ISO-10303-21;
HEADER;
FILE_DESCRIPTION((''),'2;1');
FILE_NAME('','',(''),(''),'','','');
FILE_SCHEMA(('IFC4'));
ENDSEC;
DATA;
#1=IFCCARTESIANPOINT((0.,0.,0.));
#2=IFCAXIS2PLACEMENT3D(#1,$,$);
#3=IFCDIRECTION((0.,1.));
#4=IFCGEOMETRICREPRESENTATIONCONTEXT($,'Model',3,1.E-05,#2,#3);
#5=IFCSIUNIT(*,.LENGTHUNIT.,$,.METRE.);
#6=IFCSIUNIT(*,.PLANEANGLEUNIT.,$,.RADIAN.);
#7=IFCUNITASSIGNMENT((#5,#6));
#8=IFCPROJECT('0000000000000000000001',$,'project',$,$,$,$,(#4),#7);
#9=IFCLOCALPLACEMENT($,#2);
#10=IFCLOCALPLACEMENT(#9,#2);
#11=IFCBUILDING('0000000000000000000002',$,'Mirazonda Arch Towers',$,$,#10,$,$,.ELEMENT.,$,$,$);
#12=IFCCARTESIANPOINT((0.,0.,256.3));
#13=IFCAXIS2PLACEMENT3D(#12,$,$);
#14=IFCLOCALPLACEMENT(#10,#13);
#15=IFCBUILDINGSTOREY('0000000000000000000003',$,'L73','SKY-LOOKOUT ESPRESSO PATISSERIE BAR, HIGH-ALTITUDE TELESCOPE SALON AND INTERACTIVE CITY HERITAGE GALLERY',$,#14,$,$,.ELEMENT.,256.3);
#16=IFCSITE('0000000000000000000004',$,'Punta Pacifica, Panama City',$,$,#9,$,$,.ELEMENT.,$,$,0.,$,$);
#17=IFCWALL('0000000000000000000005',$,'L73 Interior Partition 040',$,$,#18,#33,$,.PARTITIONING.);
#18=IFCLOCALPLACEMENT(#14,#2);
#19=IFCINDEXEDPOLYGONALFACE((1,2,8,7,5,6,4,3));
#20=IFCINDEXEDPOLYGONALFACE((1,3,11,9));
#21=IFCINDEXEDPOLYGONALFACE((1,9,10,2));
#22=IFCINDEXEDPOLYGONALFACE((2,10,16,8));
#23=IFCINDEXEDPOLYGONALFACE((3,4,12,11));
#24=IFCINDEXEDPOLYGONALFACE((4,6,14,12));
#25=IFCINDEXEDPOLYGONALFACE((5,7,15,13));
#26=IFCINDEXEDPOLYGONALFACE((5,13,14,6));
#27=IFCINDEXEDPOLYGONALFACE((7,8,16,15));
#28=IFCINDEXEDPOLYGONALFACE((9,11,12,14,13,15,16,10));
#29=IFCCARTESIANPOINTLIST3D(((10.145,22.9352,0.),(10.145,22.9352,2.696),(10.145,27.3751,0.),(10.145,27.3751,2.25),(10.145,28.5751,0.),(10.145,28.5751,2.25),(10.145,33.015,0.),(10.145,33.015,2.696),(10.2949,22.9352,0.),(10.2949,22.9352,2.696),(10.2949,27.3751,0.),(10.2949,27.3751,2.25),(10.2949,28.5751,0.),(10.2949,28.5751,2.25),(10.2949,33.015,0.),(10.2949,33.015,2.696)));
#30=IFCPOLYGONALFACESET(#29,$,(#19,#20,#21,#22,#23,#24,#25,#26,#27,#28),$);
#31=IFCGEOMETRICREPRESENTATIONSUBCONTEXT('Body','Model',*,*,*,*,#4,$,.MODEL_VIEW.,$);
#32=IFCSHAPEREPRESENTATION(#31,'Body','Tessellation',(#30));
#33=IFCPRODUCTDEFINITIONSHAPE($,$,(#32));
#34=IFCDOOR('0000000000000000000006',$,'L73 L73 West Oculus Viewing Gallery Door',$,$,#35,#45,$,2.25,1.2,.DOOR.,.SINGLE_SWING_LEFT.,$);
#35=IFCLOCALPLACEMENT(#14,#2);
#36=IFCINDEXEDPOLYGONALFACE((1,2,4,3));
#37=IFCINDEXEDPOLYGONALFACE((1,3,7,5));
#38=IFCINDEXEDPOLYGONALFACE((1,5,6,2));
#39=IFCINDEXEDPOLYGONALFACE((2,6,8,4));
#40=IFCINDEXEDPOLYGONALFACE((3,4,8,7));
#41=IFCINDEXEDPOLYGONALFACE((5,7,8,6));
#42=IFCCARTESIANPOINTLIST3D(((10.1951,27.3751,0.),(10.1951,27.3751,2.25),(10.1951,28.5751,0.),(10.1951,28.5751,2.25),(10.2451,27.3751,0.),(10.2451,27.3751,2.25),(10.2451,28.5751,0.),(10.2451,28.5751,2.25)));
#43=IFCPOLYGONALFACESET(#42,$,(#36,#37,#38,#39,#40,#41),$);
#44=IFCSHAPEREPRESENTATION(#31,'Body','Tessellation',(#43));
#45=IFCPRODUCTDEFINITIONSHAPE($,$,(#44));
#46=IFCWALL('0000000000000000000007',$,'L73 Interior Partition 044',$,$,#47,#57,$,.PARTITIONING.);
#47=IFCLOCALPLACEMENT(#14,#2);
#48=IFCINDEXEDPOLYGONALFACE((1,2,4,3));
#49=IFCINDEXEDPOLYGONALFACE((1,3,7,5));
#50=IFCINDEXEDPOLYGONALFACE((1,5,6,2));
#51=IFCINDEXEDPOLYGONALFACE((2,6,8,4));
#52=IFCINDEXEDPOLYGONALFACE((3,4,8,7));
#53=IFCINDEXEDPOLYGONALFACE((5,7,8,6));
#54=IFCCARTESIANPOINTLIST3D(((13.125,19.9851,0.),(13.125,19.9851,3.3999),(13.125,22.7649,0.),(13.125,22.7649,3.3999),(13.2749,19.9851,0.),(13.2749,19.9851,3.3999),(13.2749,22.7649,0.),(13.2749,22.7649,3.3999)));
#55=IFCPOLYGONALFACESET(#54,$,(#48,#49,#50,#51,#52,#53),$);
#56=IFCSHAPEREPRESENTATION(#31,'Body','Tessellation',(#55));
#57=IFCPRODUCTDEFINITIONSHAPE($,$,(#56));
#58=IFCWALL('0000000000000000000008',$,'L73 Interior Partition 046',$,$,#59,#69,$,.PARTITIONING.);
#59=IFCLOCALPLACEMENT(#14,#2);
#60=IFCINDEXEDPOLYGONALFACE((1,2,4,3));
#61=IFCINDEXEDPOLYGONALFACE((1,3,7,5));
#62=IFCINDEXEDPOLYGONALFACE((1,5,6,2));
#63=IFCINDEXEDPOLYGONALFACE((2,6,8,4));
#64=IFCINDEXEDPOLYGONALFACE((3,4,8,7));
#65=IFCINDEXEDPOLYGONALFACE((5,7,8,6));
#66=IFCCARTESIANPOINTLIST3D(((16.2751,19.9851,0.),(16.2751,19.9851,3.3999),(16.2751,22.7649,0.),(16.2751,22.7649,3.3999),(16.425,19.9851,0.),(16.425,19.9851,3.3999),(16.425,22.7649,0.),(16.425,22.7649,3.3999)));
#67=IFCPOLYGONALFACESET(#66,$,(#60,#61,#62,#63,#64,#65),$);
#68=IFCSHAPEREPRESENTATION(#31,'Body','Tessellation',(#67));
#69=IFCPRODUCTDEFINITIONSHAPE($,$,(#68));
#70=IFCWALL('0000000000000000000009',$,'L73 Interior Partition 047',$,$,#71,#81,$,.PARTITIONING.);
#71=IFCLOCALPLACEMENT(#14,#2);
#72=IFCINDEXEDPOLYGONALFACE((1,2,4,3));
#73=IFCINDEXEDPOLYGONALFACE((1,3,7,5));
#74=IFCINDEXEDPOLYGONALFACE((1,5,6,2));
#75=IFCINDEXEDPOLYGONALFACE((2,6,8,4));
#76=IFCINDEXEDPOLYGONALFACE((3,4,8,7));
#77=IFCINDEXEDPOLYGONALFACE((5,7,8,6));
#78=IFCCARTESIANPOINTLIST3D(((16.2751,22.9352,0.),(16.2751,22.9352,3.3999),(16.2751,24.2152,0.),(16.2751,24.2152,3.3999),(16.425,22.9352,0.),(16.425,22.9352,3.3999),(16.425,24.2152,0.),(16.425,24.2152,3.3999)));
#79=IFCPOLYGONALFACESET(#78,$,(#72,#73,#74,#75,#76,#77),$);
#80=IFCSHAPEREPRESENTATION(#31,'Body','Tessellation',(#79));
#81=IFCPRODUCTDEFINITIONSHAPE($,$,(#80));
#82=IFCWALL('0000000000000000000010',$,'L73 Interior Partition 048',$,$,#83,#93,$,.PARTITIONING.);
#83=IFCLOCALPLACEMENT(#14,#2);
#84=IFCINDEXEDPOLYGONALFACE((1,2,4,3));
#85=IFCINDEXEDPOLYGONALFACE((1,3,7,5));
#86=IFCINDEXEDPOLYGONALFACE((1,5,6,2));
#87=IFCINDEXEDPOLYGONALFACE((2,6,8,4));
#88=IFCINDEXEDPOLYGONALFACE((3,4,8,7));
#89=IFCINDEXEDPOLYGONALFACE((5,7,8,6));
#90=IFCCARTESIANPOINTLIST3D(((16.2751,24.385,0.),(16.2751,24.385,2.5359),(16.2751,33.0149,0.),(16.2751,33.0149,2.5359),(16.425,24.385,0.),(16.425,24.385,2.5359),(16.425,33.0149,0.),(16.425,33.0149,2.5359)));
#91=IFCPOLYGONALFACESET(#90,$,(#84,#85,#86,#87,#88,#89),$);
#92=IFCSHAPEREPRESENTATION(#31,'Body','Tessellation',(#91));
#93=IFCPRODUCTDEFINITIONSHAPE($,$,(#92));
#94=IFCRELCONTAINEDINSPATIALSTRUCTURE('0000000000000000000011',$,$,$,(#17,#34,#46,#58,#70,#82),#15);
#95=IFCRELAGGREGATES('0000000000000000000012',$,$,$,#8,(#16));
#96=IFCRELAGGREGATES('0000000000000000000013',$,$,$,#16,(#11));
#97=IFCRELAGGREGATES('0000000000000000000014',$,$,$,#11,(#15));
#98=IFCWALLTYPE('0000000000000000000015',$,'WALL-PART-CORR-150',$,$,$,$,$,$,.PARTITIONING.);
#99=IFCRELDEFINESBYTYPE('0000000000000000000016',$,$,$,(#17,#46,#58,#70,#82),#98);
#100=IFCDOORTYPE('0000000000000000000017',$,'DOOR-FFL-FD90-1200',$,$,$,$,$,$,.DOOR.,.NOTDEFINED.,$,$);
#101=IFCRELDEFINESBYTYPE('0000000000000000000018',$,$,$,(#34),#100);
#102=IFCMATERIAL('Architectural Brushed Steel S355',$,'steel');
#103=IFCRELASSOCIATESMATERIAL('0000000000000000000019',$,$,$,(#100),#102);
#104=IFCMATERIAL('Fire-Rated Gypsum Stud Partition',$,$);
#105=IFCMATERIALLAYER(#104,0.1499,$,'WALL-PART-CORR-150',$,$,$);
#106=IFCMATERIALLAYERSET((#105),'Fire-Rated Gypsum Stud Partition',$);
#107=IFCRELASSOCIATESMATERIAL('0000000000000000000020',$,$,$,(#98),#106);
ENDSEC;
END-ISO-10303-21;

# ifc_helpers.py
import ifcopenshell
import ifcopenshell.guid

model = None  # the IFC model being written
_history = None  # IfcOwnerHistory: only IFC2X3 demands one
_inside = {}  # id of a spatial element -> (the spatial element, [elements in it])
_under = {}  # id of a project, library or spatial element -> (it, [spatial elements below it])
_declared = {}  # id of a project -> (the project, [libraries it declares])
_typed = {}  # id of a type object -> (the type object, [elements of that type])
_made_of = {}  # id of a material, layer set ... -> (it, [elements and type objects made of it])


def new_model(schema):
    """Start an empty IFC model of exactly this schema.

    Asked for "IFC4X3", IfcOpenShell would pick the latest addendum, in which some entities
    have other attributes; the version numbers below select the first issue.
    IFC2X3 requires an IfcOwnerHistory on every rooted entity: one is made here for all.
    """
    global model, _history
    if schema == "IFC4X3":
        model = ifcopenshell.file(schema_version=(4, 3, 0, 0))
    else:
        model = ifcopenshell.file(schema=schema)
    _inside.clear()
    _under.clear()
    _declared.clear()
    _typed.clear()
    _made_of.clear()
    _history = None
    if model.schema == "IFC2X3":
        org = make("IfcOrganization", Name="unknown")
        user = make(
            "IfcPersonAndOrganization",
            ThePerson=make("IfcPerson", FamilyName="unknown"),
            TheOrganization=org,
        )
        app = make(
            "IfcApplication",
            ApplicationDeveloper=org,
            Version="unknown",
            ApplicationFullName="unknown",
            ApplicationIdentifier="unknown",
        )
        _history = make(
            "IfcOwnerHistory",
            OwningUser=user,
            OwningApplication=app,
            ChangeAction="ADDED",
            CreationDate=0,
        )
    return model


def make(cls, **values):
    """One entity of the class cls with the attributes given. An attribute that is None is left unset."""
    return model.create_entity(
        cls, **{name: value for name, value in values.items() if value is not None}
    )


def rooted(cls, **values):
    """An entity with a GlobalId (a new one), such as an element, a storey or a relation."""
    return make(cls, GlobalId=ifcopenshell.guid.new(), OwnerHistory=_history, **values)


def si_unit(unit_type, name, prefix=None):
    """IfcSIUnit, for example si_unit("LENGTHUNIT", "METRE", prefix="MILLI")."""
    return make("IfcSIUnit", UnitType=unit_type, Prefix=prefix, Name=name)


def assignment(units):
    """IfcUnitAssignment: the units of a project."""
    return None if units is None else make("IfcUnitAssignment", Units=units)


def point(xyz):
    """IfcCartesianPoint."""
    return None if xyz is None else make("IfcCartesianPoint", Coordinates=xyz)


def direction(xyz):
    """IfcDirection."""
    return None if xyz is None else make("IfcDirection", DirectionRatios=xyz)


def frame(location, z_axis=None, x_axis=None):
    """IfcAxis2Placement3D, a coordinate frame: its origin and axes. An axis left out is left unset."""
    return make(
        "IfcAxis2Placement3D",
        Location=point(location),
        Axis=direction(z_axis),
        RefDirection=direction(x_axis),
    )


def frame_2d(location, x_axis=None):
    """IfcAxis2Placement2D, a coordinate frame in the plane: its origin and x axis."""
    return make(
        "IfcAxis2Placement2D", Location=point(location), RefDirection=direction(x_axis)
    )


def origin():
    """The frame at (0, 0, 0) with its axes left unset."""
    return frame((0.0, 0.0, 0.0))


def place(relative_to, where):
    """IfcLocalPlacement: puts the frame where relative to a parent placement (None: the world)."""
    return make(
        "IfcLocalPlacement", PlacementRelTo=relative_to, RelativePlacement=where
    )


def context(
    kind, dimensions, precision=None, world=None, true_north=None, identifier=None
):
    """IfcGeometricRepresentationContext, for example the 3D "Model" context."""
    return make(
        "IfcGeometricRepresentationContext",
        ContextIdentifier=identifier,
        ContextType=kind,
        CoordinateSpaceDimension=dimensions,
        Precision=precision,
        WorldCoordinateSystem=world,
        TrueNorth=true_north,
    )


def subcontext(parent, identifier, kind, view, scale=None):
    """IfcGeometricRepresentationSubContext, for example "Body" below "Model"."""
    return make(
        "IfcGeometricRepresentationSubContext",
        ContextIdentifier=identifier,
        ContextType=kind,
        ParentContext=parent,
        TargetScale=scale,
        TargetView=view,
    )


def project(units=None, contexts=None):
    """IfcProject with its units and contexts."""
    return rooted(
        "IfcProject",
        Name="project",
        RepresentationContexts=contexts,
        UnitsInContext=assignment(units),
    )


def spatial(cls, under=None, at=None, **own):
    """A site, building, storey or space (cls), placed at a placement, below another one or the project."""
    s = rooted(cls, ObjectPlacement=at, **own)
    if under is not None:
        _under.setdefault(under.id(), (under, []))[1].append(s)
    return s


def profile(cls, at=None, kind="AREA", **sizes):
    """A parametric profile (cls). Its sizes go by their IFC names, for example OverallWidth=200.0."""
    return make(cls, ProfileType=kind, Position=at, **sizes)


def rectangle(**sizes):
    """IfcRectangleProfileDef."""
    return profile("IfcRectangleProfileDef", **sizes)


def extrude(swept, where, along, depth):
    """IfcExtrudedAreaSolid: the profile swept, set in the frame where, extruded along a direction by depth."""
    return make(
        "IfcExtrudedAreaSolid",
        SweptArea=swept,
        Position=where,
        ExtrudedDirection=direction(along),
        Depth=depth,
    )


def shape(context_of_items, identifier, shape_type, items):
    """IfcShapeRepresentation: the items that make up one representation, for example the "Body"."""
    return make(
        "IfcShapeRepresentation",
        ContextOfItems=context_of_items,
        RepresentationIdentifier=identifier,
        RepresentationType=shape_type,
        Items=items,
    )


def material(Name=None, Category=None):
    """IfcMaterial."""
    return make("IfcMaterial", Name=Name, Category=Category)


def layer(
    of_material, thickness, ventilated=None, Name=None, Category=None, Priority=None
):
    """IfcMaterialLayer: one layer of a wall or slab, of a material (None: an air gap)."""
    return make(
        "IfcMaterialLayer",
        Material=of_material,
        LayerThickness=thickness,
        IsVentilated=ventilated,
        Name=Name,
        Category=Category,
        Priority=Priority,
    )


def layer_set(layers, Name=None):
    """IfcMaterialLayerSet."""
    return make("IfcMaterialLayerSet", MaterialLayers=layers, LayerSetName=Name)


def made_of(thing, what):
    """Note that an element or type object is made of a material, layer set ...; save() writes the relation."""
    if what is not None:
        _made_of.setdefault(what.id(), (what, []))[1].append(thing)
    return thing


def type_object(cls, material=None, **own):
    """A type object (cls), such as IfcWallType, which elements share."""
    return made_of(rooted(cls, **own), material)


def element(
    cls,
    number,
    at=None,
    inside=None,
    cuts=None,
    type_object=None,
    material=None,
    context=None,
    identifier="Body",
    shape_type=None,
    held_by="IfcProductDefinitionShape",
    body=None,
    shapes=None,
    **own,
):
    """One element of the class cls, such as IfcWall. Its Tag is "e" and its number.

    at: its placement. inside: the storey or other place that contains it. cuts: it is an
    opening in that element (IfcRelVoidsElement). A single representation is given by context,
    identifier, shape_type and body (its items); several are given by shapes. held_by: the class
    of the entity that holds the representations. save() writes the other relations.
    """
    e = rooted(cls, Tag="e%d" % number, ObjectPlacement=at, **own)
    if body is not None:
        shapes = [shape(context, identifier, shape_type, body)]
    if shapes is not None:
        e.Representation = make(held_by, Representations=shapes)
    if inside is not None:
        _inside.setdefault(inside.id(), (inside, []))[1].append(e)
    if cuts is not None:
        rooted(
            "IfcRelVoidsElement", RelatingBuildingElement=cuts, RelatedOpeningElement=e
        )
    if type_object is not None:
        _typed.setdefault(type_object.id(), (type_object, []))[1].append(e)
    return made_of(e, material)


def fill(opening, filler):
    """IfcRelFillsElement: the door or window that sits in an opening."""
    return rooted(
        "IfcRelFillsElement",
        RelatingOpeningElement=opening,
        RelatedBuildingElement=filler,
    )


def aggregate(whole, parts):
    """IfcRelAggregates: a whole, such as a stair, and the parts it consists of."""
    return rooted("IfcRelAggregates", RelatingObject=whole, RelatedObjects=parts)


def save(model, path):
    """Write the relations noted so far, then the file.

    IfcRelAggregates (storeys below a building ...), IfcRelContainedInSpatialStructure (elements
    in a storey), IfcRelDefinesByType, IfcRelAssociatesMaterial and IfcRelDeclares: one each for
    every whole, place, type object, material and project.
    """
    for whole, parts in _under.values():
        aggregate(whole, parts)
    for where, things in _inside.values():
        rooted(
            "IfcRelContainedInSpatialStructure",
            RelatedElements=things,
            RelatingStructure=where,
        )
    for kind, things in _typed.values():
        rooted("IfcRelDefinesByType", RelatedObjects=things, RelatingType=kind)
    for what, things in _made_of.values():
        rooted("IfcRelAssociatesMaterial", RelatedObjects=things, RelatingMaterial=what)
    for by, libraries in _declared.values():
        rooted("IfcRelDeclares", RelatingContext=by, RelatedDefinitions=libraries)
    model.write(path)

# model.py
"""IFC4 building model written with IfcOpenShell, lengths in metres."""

from ifc_helpers import new_model, si_unit, direction, frame, frame_2d, origin, place, context, subcontext, project, spatial, rectangle, extrude, material, layer, layer_set, type_object, element, fill, save


model = new_model("IFC4")

# Units and contexts
model_context = context("Model", 3, precision=1e-05, world=origin(), true_north=direction((0.0, 1.0)))
body_context = subcontext(model_context, "Body", "Model", "MODEL_VIEW")
ifc_project = project(units=[si_unit("LENGTHUNIT", "METRE"), si_unit("PLANEANGLEUNIT", "RADIAN")], contexts=[model_context])

# Site, building, storey
site_placement = place(None, origin())
site = spatial("IfcSite", under=ifc_project, at=site_placement, Name="Punta Pacifica, Panama City", CompositionType="ELEMENT", RefElevation=0.0)
building_placement = place(site_placement, origin())
building = spatial("IfcBuilding", under=site, at=building_placement, Name="Mirazonda Arch Towers", CompositionType="ELEMENT")
storey_placement = place(building_placement, frame((0.0, 0.0, 256.3)))
storey = spatial("IfcBuildingStorey", under=building, at=storey_placement, Name="L73", Description="SKY-LOOKOUT ESPRESSO PATISSERIE BAR, HIGH-ALTITUDE TELESCOPE SALON AND INTERACTIVE CITY HERITAGE GALLERY", CompositionType="ELEMENT", Elevation=256.3)

# Shared definitions
ifc_material_1 = material(Name="Architectural Brushed Steel S355", Category="steel")
door_type_1 = type_object("IfcDoorType", Name="DOOR-FFL-FD90-1200", OperationType="NOTDEFINED", PredefinedType="DOOR", material=ifc_material_1)

# Shared definitions
ifc_material_2 = material(Name="Fire-Rated Gypsum Stud Partition")
ifc_layer_1 = layer(ifc_material_2, 0.1499, Name="WALL-PART-CORR-150")
ifc_layer_set_1 = layer_set([ifc_layer_1], Name="Fire-Rated Gypsum Stud Partition")
wall_type_1 = type_object("IfcWallType", Name="WALL-PART-CORR-150", PredefinedType="PARTITIONING", material=ifc_layer_set_1)

# Wall, opening, door
wall_1_placement = place(storey_placement, frame((10.22, 22.9351, 0.0), z_axis=(0.0, 0.0, 1.0), x_axis=(0.0, 1.0, 0.0)))
wall_1 = element("IfcWall", 1, at=wall_1_placement, inside=storey, type_object=wall_type_1, Name="L73 Interior Partition 040", PredefinedType="PARTITIONING", context=body_context, shape_type="SweptSolid", body=[
    extrude(rectangle(XDim=10.0798, YDim=0.1499, at=frame_2d((5.04, 0.0))), origin(), (0.0, 0.0, 1.0), 2.696),
])
opening_1_placement = place(wall_1_placement, frame((4.4399, 0.0, 0.0)))
opening_1 = element("IfcOpeningElement", 2, at=opening_1_placement, cuts=wall_1, PredefinedType="OPENING", context=body_context, shape_type="SweptSolid", body=[
    extrude(rectangle(XDim=1.2, YDim=2.25, at=frame_2d((0.6001, 1.125))), frame((0.0, 0.085, 0.0), z_axis=(0.0, -1.0, 0.0), x_axis=(1.0, 0.0, 0.0)), (0.0, 0.0, 1.0), 0.1699),
])
door_1_placement = place(opening_1_placement, origin())
door_1 = element("IfcDoor", 3, at=door_1_placement, inside=storey, type_object=door_type_1, Name="L73 L73 West Oculus Viewing Gallery Door", OperationType="SINGLE_SWING_LEFT", OverallHeight=2.25, OverallWidth=1.2, PredefinedType="DOOR", context=body_context, shape_type="SweptSolid", body=[
    extrude(rectangle(XDim=1.2, YDim=2.25, at=frame_2d((0.6001, 1.125))), frame((0.0, 0.0249, 0.0), z_axis=(0.0, -1.0, 0.0), x_axis=(1.0, 0.0, 0.0)), (0.0, 0.0, 1.0), 0.05),
])
fill(opening_1, door_1)

# Walls
for number, where, z_axis, x_axis, name in (
    (4, (13.2, 19.9851, 0.0), (0.0, 0.0, 1.0), (0.0, 1.0, 0.0), "L73 Interior Partition 044"),
    (5, (16.3501, 19.9851, 0.0), (0.0, 0.0, 1.0), (0.0, 1.0, 0.0), "L73 Interior Partition 046"),
):
    element("IfcWall", number, at=place(storey_placement, frame(where, z_axis=z_axis, x_axis=x_axis)), inside=storey, type_object=wall_type_1, Name=name, PredefinedType="PARTITIONING", context=body_context, shape_type="SweptSolid", body=[
        extrude(rectangle(XDim=2.7798, YDim=0.1499, at=frame_2d((1.3899, 0.0))), origin(), (0.0, 0.0, 1.0), 3.3999),
    ])
wall_2_placement = place(storey_placement, frame((16.3501, 22.9351, 0.0), z_axis=(0.0, 0.0, 1.0), x_axis=(0.0, 1.0, 0.0)))
element("IfcWall", 6, at=wall_2_placement, inside=storey, type_object=wall_type_1, Name="L73 Interior Partition 047", PredefinedType="PARTITIONING", context=body_context, shape_type="SweptSolid", body=[
    extrude(rectangle(XDim=1.28, YDim=0.1499, at=frame_2d((0.6401, 0.0))), origin(), (0.0, 0.0, 1.0), 3.3999),
])
wall_3_placement = place(storey_placement, frame((16.3501, 24.385, 0.0), z_axis=(0.0, 0.0, 1.0), x_axis=(0.0, 1.0, 0.0)))
element("IfcWall", 7, at=wall_3_placement, inside=storey, type_object=wall_type_1, Name="L73 Interior Partition 048", PredefinedType="PARTITIONING", context=body_context, shape_type="SweptSolid", body=[
    extrude(rectangle(XDim=8.6299, YDim=0.1499, at=frame_2d((4.3149, 0.0))), origin(), (0.0, 0.0, 1.0), 2.5359),
])

save(model, "model.ifc")
